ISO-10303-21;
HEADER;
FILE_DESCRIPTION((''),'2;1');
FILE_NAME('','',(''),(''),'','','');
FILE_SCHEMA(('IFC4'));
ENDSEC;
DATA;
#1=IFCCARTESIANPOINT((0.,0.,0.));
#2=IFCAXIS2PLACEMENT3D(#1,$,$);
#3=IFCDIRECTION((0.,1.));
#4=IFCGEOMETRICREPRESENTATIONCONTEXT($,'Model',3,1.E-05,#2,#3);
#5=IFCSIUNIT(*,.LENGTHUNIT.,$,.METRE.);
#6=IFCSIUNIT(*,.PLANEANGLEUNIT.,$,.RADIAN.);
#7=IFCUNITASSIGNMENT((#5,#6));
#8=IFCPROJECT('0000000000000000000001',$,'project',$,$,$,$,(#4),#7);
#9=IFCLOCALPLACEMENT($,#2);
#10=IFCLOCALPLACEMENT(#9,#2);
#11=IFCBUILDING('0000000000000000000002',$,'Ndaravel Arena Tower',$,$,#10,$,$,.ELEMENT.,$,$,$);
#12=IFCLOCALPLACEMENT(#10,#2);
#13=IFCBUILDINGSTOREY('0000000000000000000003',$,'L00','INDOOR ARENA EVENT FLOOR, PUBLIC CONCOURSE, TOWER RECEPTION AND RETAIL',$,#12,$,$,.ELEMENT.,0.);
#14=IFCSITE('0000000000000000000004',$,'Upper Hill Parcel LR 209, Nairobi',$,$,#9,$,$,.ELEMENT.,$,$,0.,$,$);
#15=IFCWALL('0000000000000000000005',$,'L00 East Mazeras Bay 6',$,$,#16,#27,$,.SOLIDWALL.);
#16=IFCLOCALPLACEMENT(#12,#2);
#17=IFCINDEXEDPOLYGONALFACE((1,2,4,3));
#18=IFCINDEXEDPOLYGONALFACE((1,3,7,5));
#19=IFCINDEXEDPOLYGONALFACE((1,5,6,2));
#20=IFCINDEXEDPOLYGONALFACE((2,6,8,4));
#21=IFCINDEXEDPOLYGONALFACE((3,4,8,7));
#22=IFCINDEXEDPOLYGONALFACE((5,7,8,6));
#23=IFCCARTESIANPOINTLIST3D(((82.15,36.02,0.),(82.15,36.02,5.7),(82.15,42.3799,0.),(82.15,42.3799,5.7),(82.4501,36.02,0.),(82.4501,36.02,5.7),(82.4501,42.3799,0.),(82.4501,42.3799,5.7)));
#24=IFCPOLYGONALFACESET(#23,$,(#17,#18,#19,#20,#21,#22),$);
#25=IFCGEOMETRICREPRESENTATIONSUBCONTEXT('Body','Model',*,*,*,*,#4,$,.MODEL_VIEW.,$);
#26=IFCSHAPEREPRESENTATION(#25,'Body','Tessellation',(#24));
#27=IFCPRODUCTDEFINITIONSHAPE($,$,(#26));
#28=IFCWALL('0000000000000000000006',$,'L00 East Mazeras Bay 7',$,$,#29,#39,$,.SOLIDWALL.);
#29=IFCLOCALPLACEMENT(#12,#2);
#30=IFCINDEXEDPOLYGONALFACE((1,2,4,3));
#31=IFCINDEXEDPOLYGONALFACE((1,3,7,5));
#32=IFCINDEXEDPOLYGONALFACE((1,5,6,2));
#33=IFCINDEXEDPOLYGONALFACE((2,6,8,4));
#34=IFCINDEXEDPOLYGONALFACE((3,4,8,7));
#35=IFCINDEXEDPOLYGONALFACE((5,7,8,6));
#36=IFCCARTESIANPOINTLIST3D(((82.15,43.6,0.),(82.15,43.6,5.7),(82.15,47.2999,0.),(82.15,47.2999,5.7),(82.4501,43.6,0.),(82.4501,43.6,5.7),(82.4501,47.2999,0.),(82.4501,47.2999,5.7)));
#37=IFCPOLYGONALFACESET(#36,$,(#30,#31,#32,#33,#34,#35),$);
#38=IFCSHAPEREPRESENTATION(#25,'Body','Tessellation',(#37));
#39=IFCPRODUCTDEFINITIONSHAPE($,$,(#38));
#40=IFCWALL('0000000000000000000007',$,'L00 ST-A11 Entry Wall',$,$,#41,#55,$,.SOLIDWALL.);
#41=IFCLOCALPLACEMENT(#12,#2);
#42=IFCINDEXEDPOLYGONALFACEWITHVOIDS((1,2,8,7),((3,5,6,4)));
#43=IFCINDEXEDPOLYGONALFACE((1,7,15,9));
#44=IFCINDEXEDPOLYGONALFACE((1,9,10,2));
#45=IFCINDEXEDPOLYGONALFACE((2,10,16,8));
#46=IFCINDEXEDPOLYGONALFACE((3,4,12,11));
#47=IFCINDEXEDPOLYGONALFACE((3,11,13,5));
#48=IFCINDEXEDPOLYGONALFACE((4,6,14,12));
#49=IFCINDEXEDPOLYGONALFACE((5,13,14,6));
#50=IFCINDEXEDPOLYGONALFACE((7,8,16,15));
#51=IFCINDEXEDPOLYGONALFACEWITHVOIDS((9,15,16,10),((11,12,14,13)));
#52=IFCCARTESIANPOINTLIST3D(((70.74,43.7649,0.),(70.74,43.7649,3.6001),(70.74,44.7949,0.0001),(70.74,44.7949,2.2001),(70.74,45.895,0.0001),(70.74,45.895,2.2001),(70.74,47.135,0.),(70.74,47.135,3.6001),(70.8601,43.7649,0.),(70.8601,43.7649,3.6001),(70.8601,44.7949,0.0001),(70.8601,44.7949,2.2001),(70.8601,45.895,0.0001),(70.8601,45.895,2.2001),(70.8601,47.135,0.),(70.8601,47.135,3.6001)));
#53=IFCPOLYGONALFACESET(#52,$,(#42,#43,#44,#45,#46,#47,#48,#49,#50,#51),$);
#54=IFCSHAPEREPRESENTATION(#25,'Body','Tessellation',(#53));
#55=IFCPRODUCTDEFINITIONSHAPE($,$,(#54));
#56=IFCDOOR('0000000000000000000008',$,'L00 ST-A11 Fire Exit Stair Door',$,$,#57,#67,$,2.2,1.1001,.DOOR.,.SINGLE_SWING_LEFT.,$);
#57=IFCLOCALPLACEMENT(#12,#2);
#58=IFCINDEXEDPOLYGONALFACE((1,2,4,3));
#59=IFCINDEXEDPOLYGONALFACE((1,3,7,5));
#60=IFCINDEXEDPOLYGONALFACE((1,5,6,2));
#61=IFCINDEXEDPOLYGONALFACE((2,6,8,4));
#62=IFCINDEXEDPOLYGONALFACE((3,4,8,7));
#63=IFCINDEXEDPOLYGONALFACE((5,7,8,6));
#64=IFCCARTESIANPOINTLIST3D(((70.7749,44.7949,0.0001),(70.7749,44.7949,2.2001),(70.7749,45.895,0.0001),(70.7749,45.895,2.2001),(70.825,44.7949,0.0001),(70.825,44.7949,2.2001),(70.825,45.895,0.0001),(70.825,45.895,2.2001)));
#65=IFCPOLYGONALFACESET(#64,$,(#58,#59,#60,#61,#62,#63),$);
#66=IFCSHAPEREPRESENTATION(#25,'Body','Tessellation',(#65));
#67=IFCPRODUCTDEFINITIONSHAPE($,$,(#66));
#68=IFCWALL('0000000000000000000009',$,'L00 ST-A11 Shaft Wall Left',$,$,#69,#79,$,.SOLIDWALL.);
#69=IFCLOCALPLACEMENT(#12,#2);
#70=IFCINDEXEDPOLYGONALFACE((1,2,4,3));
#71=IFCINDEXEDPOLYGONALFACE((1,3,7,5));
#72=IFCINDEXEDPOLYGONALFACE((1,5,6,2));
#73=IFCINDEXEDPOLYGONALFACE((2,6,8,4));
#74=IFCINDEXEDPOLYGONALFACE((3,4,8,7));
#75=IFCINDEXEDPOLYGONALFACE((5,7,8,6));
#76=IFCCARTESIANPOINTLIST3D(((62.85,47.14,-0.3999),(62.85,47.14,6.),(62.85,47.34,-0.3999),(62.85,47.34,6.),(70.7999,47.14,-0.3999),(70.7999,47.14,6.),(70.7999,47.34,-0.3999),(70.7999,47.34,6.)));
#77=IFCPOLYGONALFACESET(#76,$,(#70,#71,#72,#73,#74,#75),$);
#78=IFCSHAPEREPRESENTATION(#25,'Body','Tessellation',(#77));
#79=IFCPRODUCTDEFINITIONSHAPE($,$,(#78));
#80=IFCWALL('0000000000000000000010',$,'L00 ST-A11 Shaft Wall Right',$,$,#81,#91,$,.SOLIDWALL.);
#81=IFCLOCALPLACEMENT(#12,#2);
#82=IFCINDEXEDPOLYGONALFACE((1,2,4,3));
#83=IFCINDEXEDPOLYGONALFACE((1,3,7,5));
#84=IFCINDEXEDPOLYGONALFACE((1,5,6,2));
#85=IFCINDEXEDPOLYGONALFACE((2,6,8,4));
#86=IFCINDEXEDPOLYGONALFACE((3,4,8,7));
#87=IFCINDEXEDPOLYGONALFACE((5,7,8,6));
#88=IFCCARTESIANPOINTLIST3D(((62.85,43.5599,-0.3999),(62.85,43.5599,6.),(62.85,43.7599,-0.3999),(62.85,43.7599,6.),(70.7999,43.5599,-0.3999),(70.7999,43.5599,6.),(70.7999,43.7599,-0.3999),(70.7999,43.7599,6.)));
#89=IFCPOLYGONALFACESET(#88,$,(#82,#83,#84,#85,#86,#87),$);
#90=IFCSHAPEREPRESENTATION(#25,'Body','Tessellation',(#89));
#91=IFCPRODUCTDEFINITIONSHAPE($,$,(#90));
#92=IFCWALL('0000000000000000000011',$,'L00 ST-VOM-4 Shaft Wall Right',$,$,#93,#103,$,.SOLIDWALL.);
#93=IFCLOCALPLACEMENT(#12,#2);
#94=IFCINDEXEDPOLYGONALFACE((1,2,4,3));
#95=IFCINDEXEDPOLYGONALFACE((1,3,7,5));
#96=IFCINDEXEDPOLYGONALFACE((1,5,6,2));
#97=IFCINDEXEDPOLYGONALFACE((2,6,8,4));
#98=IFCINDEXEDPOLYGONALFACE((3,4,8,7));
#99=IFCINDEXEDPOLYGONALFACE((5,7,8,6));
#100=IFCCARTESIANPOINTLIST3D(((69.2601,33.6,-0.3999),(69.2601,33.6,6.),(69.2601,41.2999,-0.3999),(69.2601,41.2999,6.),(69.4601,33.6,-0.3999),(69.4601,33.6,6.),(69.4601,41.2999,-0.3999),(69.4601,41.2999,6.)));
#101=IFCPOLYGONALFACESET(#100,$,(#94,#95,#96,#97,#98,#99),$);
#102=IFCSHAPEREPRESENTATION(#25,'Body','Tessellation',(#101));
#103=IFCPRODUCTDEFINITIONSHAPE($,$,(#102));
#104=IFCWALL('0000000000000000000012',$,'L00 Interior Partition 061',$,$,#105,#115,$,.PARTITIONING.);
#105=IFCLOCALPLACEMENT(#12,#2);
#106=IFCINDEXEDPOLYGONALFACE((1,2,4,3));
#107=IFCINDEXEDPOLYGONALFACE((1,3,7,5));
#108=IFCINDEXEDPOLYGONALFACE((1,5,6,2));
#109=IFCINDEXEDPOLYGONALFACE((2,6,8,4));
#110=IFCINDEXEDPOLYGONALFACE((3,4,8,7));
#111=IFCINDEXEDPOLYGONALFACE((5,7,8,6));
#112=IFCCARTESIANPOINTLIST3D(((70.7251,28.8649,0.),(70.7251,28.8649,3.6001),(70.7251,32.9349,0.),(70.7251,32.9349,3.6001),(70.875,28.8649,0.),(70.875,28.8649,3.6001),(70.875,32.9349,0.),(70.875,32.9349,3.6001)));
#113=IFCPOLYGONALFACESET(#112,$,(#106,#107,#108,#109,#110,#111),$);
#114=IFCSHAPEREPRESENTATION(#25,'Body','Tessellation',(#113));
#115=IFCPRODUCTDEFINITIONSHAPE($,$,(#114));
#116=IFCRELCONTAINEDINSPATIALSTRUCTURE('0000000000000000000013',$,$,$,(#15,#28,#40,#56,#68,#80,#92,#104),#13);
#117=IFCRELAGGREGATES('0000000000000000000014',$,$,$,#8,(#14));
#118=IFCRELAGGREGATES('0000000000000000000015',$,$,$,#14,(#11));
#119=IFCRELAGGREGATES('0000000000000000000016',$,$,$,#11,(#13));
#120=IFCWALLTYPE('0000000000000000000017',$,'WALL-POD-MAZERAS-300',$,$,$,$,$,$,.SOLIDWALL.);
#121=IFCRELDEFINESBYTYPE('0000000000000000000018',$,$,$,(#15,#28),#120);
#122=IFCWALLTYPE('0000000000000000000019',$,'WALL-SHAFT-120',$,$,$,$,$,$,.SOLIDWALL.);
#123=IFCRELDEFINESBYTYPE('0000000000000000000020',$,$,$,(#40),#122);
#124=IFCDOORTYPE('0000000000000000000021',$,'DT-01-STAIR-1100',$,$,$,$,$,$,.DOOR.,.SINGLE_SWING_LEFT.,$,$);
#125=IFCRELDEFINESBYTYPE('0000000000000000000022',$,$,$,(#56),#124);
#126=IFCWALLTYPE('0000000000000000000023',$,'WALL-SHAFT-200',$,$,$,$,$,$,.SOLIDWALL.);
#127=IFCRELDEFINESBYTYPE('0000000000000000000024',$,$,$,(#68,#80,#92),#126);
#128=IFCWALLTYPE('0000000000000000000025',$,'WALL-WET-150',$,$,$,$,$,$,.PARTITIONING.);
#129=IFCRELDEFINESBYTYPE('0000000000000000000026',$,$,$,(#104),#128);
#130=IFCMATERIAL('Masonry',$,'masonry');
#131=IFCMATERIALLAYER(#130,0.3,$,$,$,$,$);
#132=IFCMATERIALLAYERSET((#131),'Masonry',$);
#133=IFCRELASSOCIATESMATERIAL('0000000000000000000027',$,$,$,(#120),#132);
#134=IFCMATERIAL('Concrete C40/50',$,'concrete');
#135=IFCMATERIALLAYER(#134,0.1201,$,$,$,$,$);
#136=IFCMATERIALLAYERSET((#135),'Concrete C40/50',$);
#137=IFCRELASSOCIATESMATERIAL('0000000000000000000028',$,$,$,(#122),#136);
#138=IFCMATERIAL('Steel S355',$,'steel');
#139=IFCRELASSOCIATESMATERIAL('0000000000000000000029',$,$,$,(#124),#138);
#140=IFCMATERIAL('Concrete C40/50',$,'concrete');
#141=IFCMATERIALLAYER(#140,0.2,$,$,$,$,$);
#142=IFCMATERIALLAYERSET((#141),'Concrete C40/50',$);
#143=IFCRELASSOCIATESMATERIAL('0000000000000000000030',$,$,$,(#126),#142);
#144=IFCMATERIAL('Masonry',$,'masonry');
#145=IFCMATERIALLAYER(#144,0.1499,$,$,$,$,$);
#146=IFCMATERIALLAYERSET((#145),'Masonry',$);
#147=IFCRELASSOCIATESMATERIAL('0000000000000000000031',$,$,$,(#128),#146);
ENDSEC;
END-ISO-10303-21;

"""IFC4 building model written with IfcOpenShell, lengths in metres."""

from ifc_helpers import new_model, si_unit, direction, frame, frame_2d, origin, place, context, subcontext, project, spatial, rectangle, extrude, material, layer, layer_set, type_object, element, fill, save


model = new_model("IFC4")

# Units and contexts
model_context = context("Model", 3, precision=1e-05, world=origin(), true_north=direction((0.0, 1.0)))
body_context = subcontext(model_context, "Body", "Model", "MODEL_VIEW")
ifc_project = project(units=[si_unit("LENGTHUNIT", "METRE"), si_unit("PLANEANGLEUNIT", "RADIAN")], contexts=[model_context])

# Site, building, storey
site_placement = place(None, origin())
site = spatial("IfcSite", under=ifc_project, at=site_placement, Name="Upper Hill Parcel LR 209, Nairobi", CompositionType="ELEMENT", RefElevation=0.0)
building_placement = place(site_placement, origin())
building = spatial("IfcBuilding", under=site, at=building_placement, Name="Ndaravel Arena Tower", CompositionType="ELEMENT")
storey_placement = place(building_placement, origin())
storey = spatial("IfcBuildingStorey", under=building, at=storey_placement, Name="L00", Description="INDOOR ARENA EVENT FLOOR, PUBLIC CONCOURSE, TOWER RECEPTION AND RETAIL", CompositionType="ELEMENT", Elevation=0.0)

# Shared definitions
ifc_material_1 = material(Name="Masonry", Category="masonry")
ifc_layer_1 = layer(ifc_material_1, 0.3)
ifc_layer_set_1 = layer_set([ifc_layer_1], Name="Masonry")
wall_type_1 = type_object("IfcWallType", Name="WALL-POD-MAZERAS-300", PredefinedType="SOLIDWALL", material=ifc_layer_set_1)

# Walls
wall_1_placement = place(storey_placement, frame((82.3, 42.3799, 0.0), z_axis=(0.0, 0.0, 1.0), x_axis=(0.0, -1.0, 0.0)))
element("IfcWall", 1, at=wall_1_placement, inside=storey, type_object=wall_type_1, Name="L00 East Mazeras Bay 6", PredefinedType="SOLIDWALL", context=body_context, shape_type="SweptSolid", body=[
    extrude(rectangle(XDim=6.3599, YDim=0.3, at=frame_2d((3.1799, 0.0))), origin(), (0.0, 0.0, 1.0), 5.7),
])
wall_2_placement = place(storey_placement, frame((82.3, 47.3, 0.0), z_axis=(0.0, 0.0, 1.0), x_axis=(0.0, -1.0, 0.0)))
element("IfcWall", 2, at=wall_2_placement, inside=storey, type_object=wall_type_1, Name="L00 East Mazeras Bay 7", PredefinedType="SOLIDWALL", context=body_context, shape_type="SweptSolid", body=[
    extrude(rectangle(XDim=3.7, YDim=0.3, at=frame_2d((1.8501, 0.0))), origin(), (0.0, 0.0, 1.0), 5.7),
])

# Wall, opening, door
ifc_material_2 = material(Name="Concrete C40/50", Category="concrete")
ifc_layer_2 = layer(ifc_material_2, 0.1201)
ifc_layer_set_2 = layer_set([ifc_layer_2], Name="Concrete C40/50")
wall_type_2 = type_object("IfcWallType", Name="WALL-SHAFT-120", PredefinedType="SOLIDWALL", material=ifc_layer_set_2)
wall_3_placement = place(storey_placement, frame((70.8, 47.135, 0.0), z_axis=(0.0, 0.0, 1.0), x_axis=(0.0, -1.0, 0.0)))
wall_3 = element("IfcWall", 3, at=wall_3_placement, inside=storey, type_object=wall_type_2, Name="L00 ST-A11 Entry Wall", PredefinedType="SOLIDWALL", context=body_context, shape_type="SweptSolid", body=[
    extrude(rectangle(XDim=3.3701, YDim=0.1201, at=frame_2d((1.6851, 0.0))), origin(), (0.0, 0.0, 1.0), 3.6001),
])
opening_1_placement = place(wall_3_placement, frame((1.24, 0.0, 0.0)))
opening_1 = element("IfcOpeningElement", 4, at=opening_1_placement, cuts=wall_3, PredefinedType="OPENING", context=body_context, shape_type="SweptSolid", body=[
    extrude(rectangle(XDim=1.1001, YDim=2.2, at=frame_2d((0.55, 1.1001))), frame((0.0, 0.0601, 0.0), z_axis=(0.0, -1.0, 0.0), x_axis=(1.0, 0.0, 0.0)), (0.0, 0.0, 1.0), 0.1201),
])
ifc_material_3 = material(Name="Steel S355", Category="steel")
door_type_1 = type_object("IfcDoorType", Name="DT-01-STAIR-1100", OperationType="SINGLE_SWING_LEFT", PredefinedType="DOOR", material=ifc_material_3)
door_1_placement = place(opening_1_placement, origin())
door_1 = element("IfcDoor", 5, at=door_1_placement, inside=storey, type_object=door_type_1, Name="L00 ST-A11 Fire Exit Stair Door", OperationType="SINGLE_SWING_LEFT", OverallHeight=2.2, OverallWidth=1.1001, PredefinedType="DOOR", context=body_context, shape_type="SweptSolid", body=[
    extrude(rectangle(XDim=1.1001, YDim=2.2, at=frame_2d((0.55, 1.1001))), frame((0.0, 0.0249, 0.0), z_axis=(0.0, -1.0, 0.0), x_axis=(1.0, 0.0, 0.0)), (0.0, 0.0, 1.0), 0.05),
])
fill(opening_1, door_1)

# Walls
ifc_material_4 = material(Name="Concrete C40/50", Category="concrete")
ifc_layer_3 = layer(ifc_material_4, 0.2)
ifc_layer_set_3 = layer_set([ifc_layer_3], Name="Concrete C40/50")
wall_type_3 = type_object("IfcWallType", Name="WALL-SHAFT-200", PredefinedType="SOLIDWALL", material=ifc_layer_set_3)
for number, where, z_axis, x_axis, name in (
    (6, (70.8, 47.24, -0.3999), (0.0, 0.0, 1.0), (-1.0, 0.0, 0.0), "L00 ST-A11 Shaft Wall Left"),
    (7, (70.8, 43.6599, -0.3999), (0.0, 0.0, 1.0), (-1.0, 0.0, 0.0), "L00 ST-A11 Shaft Wall Right"),
):
    element("IfcWall", number, at=place(storey_placement, frame(where, z_axis=z_axis, x_axis=x_axis)), inside=storey, type_object=wall_type_3, Name=name, PredefinedType="SOLIDWALL", context=body_context, shape_type="SweptSolid", body=[
        extrude(rectangle(XDim=7.95, YDim=0.2, at=frame_2d((3.9751, 0.0))), origin(), (0.0, 0.0, 1.0), 6.3999),
    ])
wall_4_placement = place(storey_placement, frame((69.3601, 41.3, -0.3999), z_axis=(0.0, 0.0, 1.0), x_axis=(0.0, -1.0, 0.0)))
element("IfcWall", 8, at=wall_4_placement, inside=storey, type_object=wall_type_3, Name="L00 ST-VOM-4 Shaft Wall Right", PredefinedType="SOLIDWALL", context=body_context, shape_type="SweptSolid", body=[
    extrude(rectangle(XDim=7.7, YDim=0.2, at=frame_2d((3.8501, 0.0))), origin(), (0.0, 0.0, 1.0), 6.3999),
])
ifc_material_5 = material(Name="Masonry", Category="masonry")
ifc_layer_4 = layer(ifc_material_5, 0.1499)
ifc_layer_set_4 = layer_set([ifc_layer_4], Name="Masonry")
wall_type_4 = type_object("IfcWallType", Name="WALL-WET-150", PredefinedType="PARTITIONING", material=ifc_layer_set_4)
wall_5_placement = place(storey_placement, frame((70.8, 32.9351, 0.0), z_axis=(0.0, 0.0, 1.0), x_axis=(0.0, -1.0, 0.0)))
element("IfcWall", 9, at=wall_5_placement, inside=storey, type_object=wall_type_4, Name="L00 Interior Partition 061", PredefinedType="PARTITIONING", context=body_context, shape_type="SweptSolid", body=[
    extrude(rectangle(XDim=4.0701, YDim=0.1499, at=frame_2d((2.0352, 0.0))), origin(), (0.0, 0.0, 1.0), 3.6001),
])

save(model, "model.ifc")
